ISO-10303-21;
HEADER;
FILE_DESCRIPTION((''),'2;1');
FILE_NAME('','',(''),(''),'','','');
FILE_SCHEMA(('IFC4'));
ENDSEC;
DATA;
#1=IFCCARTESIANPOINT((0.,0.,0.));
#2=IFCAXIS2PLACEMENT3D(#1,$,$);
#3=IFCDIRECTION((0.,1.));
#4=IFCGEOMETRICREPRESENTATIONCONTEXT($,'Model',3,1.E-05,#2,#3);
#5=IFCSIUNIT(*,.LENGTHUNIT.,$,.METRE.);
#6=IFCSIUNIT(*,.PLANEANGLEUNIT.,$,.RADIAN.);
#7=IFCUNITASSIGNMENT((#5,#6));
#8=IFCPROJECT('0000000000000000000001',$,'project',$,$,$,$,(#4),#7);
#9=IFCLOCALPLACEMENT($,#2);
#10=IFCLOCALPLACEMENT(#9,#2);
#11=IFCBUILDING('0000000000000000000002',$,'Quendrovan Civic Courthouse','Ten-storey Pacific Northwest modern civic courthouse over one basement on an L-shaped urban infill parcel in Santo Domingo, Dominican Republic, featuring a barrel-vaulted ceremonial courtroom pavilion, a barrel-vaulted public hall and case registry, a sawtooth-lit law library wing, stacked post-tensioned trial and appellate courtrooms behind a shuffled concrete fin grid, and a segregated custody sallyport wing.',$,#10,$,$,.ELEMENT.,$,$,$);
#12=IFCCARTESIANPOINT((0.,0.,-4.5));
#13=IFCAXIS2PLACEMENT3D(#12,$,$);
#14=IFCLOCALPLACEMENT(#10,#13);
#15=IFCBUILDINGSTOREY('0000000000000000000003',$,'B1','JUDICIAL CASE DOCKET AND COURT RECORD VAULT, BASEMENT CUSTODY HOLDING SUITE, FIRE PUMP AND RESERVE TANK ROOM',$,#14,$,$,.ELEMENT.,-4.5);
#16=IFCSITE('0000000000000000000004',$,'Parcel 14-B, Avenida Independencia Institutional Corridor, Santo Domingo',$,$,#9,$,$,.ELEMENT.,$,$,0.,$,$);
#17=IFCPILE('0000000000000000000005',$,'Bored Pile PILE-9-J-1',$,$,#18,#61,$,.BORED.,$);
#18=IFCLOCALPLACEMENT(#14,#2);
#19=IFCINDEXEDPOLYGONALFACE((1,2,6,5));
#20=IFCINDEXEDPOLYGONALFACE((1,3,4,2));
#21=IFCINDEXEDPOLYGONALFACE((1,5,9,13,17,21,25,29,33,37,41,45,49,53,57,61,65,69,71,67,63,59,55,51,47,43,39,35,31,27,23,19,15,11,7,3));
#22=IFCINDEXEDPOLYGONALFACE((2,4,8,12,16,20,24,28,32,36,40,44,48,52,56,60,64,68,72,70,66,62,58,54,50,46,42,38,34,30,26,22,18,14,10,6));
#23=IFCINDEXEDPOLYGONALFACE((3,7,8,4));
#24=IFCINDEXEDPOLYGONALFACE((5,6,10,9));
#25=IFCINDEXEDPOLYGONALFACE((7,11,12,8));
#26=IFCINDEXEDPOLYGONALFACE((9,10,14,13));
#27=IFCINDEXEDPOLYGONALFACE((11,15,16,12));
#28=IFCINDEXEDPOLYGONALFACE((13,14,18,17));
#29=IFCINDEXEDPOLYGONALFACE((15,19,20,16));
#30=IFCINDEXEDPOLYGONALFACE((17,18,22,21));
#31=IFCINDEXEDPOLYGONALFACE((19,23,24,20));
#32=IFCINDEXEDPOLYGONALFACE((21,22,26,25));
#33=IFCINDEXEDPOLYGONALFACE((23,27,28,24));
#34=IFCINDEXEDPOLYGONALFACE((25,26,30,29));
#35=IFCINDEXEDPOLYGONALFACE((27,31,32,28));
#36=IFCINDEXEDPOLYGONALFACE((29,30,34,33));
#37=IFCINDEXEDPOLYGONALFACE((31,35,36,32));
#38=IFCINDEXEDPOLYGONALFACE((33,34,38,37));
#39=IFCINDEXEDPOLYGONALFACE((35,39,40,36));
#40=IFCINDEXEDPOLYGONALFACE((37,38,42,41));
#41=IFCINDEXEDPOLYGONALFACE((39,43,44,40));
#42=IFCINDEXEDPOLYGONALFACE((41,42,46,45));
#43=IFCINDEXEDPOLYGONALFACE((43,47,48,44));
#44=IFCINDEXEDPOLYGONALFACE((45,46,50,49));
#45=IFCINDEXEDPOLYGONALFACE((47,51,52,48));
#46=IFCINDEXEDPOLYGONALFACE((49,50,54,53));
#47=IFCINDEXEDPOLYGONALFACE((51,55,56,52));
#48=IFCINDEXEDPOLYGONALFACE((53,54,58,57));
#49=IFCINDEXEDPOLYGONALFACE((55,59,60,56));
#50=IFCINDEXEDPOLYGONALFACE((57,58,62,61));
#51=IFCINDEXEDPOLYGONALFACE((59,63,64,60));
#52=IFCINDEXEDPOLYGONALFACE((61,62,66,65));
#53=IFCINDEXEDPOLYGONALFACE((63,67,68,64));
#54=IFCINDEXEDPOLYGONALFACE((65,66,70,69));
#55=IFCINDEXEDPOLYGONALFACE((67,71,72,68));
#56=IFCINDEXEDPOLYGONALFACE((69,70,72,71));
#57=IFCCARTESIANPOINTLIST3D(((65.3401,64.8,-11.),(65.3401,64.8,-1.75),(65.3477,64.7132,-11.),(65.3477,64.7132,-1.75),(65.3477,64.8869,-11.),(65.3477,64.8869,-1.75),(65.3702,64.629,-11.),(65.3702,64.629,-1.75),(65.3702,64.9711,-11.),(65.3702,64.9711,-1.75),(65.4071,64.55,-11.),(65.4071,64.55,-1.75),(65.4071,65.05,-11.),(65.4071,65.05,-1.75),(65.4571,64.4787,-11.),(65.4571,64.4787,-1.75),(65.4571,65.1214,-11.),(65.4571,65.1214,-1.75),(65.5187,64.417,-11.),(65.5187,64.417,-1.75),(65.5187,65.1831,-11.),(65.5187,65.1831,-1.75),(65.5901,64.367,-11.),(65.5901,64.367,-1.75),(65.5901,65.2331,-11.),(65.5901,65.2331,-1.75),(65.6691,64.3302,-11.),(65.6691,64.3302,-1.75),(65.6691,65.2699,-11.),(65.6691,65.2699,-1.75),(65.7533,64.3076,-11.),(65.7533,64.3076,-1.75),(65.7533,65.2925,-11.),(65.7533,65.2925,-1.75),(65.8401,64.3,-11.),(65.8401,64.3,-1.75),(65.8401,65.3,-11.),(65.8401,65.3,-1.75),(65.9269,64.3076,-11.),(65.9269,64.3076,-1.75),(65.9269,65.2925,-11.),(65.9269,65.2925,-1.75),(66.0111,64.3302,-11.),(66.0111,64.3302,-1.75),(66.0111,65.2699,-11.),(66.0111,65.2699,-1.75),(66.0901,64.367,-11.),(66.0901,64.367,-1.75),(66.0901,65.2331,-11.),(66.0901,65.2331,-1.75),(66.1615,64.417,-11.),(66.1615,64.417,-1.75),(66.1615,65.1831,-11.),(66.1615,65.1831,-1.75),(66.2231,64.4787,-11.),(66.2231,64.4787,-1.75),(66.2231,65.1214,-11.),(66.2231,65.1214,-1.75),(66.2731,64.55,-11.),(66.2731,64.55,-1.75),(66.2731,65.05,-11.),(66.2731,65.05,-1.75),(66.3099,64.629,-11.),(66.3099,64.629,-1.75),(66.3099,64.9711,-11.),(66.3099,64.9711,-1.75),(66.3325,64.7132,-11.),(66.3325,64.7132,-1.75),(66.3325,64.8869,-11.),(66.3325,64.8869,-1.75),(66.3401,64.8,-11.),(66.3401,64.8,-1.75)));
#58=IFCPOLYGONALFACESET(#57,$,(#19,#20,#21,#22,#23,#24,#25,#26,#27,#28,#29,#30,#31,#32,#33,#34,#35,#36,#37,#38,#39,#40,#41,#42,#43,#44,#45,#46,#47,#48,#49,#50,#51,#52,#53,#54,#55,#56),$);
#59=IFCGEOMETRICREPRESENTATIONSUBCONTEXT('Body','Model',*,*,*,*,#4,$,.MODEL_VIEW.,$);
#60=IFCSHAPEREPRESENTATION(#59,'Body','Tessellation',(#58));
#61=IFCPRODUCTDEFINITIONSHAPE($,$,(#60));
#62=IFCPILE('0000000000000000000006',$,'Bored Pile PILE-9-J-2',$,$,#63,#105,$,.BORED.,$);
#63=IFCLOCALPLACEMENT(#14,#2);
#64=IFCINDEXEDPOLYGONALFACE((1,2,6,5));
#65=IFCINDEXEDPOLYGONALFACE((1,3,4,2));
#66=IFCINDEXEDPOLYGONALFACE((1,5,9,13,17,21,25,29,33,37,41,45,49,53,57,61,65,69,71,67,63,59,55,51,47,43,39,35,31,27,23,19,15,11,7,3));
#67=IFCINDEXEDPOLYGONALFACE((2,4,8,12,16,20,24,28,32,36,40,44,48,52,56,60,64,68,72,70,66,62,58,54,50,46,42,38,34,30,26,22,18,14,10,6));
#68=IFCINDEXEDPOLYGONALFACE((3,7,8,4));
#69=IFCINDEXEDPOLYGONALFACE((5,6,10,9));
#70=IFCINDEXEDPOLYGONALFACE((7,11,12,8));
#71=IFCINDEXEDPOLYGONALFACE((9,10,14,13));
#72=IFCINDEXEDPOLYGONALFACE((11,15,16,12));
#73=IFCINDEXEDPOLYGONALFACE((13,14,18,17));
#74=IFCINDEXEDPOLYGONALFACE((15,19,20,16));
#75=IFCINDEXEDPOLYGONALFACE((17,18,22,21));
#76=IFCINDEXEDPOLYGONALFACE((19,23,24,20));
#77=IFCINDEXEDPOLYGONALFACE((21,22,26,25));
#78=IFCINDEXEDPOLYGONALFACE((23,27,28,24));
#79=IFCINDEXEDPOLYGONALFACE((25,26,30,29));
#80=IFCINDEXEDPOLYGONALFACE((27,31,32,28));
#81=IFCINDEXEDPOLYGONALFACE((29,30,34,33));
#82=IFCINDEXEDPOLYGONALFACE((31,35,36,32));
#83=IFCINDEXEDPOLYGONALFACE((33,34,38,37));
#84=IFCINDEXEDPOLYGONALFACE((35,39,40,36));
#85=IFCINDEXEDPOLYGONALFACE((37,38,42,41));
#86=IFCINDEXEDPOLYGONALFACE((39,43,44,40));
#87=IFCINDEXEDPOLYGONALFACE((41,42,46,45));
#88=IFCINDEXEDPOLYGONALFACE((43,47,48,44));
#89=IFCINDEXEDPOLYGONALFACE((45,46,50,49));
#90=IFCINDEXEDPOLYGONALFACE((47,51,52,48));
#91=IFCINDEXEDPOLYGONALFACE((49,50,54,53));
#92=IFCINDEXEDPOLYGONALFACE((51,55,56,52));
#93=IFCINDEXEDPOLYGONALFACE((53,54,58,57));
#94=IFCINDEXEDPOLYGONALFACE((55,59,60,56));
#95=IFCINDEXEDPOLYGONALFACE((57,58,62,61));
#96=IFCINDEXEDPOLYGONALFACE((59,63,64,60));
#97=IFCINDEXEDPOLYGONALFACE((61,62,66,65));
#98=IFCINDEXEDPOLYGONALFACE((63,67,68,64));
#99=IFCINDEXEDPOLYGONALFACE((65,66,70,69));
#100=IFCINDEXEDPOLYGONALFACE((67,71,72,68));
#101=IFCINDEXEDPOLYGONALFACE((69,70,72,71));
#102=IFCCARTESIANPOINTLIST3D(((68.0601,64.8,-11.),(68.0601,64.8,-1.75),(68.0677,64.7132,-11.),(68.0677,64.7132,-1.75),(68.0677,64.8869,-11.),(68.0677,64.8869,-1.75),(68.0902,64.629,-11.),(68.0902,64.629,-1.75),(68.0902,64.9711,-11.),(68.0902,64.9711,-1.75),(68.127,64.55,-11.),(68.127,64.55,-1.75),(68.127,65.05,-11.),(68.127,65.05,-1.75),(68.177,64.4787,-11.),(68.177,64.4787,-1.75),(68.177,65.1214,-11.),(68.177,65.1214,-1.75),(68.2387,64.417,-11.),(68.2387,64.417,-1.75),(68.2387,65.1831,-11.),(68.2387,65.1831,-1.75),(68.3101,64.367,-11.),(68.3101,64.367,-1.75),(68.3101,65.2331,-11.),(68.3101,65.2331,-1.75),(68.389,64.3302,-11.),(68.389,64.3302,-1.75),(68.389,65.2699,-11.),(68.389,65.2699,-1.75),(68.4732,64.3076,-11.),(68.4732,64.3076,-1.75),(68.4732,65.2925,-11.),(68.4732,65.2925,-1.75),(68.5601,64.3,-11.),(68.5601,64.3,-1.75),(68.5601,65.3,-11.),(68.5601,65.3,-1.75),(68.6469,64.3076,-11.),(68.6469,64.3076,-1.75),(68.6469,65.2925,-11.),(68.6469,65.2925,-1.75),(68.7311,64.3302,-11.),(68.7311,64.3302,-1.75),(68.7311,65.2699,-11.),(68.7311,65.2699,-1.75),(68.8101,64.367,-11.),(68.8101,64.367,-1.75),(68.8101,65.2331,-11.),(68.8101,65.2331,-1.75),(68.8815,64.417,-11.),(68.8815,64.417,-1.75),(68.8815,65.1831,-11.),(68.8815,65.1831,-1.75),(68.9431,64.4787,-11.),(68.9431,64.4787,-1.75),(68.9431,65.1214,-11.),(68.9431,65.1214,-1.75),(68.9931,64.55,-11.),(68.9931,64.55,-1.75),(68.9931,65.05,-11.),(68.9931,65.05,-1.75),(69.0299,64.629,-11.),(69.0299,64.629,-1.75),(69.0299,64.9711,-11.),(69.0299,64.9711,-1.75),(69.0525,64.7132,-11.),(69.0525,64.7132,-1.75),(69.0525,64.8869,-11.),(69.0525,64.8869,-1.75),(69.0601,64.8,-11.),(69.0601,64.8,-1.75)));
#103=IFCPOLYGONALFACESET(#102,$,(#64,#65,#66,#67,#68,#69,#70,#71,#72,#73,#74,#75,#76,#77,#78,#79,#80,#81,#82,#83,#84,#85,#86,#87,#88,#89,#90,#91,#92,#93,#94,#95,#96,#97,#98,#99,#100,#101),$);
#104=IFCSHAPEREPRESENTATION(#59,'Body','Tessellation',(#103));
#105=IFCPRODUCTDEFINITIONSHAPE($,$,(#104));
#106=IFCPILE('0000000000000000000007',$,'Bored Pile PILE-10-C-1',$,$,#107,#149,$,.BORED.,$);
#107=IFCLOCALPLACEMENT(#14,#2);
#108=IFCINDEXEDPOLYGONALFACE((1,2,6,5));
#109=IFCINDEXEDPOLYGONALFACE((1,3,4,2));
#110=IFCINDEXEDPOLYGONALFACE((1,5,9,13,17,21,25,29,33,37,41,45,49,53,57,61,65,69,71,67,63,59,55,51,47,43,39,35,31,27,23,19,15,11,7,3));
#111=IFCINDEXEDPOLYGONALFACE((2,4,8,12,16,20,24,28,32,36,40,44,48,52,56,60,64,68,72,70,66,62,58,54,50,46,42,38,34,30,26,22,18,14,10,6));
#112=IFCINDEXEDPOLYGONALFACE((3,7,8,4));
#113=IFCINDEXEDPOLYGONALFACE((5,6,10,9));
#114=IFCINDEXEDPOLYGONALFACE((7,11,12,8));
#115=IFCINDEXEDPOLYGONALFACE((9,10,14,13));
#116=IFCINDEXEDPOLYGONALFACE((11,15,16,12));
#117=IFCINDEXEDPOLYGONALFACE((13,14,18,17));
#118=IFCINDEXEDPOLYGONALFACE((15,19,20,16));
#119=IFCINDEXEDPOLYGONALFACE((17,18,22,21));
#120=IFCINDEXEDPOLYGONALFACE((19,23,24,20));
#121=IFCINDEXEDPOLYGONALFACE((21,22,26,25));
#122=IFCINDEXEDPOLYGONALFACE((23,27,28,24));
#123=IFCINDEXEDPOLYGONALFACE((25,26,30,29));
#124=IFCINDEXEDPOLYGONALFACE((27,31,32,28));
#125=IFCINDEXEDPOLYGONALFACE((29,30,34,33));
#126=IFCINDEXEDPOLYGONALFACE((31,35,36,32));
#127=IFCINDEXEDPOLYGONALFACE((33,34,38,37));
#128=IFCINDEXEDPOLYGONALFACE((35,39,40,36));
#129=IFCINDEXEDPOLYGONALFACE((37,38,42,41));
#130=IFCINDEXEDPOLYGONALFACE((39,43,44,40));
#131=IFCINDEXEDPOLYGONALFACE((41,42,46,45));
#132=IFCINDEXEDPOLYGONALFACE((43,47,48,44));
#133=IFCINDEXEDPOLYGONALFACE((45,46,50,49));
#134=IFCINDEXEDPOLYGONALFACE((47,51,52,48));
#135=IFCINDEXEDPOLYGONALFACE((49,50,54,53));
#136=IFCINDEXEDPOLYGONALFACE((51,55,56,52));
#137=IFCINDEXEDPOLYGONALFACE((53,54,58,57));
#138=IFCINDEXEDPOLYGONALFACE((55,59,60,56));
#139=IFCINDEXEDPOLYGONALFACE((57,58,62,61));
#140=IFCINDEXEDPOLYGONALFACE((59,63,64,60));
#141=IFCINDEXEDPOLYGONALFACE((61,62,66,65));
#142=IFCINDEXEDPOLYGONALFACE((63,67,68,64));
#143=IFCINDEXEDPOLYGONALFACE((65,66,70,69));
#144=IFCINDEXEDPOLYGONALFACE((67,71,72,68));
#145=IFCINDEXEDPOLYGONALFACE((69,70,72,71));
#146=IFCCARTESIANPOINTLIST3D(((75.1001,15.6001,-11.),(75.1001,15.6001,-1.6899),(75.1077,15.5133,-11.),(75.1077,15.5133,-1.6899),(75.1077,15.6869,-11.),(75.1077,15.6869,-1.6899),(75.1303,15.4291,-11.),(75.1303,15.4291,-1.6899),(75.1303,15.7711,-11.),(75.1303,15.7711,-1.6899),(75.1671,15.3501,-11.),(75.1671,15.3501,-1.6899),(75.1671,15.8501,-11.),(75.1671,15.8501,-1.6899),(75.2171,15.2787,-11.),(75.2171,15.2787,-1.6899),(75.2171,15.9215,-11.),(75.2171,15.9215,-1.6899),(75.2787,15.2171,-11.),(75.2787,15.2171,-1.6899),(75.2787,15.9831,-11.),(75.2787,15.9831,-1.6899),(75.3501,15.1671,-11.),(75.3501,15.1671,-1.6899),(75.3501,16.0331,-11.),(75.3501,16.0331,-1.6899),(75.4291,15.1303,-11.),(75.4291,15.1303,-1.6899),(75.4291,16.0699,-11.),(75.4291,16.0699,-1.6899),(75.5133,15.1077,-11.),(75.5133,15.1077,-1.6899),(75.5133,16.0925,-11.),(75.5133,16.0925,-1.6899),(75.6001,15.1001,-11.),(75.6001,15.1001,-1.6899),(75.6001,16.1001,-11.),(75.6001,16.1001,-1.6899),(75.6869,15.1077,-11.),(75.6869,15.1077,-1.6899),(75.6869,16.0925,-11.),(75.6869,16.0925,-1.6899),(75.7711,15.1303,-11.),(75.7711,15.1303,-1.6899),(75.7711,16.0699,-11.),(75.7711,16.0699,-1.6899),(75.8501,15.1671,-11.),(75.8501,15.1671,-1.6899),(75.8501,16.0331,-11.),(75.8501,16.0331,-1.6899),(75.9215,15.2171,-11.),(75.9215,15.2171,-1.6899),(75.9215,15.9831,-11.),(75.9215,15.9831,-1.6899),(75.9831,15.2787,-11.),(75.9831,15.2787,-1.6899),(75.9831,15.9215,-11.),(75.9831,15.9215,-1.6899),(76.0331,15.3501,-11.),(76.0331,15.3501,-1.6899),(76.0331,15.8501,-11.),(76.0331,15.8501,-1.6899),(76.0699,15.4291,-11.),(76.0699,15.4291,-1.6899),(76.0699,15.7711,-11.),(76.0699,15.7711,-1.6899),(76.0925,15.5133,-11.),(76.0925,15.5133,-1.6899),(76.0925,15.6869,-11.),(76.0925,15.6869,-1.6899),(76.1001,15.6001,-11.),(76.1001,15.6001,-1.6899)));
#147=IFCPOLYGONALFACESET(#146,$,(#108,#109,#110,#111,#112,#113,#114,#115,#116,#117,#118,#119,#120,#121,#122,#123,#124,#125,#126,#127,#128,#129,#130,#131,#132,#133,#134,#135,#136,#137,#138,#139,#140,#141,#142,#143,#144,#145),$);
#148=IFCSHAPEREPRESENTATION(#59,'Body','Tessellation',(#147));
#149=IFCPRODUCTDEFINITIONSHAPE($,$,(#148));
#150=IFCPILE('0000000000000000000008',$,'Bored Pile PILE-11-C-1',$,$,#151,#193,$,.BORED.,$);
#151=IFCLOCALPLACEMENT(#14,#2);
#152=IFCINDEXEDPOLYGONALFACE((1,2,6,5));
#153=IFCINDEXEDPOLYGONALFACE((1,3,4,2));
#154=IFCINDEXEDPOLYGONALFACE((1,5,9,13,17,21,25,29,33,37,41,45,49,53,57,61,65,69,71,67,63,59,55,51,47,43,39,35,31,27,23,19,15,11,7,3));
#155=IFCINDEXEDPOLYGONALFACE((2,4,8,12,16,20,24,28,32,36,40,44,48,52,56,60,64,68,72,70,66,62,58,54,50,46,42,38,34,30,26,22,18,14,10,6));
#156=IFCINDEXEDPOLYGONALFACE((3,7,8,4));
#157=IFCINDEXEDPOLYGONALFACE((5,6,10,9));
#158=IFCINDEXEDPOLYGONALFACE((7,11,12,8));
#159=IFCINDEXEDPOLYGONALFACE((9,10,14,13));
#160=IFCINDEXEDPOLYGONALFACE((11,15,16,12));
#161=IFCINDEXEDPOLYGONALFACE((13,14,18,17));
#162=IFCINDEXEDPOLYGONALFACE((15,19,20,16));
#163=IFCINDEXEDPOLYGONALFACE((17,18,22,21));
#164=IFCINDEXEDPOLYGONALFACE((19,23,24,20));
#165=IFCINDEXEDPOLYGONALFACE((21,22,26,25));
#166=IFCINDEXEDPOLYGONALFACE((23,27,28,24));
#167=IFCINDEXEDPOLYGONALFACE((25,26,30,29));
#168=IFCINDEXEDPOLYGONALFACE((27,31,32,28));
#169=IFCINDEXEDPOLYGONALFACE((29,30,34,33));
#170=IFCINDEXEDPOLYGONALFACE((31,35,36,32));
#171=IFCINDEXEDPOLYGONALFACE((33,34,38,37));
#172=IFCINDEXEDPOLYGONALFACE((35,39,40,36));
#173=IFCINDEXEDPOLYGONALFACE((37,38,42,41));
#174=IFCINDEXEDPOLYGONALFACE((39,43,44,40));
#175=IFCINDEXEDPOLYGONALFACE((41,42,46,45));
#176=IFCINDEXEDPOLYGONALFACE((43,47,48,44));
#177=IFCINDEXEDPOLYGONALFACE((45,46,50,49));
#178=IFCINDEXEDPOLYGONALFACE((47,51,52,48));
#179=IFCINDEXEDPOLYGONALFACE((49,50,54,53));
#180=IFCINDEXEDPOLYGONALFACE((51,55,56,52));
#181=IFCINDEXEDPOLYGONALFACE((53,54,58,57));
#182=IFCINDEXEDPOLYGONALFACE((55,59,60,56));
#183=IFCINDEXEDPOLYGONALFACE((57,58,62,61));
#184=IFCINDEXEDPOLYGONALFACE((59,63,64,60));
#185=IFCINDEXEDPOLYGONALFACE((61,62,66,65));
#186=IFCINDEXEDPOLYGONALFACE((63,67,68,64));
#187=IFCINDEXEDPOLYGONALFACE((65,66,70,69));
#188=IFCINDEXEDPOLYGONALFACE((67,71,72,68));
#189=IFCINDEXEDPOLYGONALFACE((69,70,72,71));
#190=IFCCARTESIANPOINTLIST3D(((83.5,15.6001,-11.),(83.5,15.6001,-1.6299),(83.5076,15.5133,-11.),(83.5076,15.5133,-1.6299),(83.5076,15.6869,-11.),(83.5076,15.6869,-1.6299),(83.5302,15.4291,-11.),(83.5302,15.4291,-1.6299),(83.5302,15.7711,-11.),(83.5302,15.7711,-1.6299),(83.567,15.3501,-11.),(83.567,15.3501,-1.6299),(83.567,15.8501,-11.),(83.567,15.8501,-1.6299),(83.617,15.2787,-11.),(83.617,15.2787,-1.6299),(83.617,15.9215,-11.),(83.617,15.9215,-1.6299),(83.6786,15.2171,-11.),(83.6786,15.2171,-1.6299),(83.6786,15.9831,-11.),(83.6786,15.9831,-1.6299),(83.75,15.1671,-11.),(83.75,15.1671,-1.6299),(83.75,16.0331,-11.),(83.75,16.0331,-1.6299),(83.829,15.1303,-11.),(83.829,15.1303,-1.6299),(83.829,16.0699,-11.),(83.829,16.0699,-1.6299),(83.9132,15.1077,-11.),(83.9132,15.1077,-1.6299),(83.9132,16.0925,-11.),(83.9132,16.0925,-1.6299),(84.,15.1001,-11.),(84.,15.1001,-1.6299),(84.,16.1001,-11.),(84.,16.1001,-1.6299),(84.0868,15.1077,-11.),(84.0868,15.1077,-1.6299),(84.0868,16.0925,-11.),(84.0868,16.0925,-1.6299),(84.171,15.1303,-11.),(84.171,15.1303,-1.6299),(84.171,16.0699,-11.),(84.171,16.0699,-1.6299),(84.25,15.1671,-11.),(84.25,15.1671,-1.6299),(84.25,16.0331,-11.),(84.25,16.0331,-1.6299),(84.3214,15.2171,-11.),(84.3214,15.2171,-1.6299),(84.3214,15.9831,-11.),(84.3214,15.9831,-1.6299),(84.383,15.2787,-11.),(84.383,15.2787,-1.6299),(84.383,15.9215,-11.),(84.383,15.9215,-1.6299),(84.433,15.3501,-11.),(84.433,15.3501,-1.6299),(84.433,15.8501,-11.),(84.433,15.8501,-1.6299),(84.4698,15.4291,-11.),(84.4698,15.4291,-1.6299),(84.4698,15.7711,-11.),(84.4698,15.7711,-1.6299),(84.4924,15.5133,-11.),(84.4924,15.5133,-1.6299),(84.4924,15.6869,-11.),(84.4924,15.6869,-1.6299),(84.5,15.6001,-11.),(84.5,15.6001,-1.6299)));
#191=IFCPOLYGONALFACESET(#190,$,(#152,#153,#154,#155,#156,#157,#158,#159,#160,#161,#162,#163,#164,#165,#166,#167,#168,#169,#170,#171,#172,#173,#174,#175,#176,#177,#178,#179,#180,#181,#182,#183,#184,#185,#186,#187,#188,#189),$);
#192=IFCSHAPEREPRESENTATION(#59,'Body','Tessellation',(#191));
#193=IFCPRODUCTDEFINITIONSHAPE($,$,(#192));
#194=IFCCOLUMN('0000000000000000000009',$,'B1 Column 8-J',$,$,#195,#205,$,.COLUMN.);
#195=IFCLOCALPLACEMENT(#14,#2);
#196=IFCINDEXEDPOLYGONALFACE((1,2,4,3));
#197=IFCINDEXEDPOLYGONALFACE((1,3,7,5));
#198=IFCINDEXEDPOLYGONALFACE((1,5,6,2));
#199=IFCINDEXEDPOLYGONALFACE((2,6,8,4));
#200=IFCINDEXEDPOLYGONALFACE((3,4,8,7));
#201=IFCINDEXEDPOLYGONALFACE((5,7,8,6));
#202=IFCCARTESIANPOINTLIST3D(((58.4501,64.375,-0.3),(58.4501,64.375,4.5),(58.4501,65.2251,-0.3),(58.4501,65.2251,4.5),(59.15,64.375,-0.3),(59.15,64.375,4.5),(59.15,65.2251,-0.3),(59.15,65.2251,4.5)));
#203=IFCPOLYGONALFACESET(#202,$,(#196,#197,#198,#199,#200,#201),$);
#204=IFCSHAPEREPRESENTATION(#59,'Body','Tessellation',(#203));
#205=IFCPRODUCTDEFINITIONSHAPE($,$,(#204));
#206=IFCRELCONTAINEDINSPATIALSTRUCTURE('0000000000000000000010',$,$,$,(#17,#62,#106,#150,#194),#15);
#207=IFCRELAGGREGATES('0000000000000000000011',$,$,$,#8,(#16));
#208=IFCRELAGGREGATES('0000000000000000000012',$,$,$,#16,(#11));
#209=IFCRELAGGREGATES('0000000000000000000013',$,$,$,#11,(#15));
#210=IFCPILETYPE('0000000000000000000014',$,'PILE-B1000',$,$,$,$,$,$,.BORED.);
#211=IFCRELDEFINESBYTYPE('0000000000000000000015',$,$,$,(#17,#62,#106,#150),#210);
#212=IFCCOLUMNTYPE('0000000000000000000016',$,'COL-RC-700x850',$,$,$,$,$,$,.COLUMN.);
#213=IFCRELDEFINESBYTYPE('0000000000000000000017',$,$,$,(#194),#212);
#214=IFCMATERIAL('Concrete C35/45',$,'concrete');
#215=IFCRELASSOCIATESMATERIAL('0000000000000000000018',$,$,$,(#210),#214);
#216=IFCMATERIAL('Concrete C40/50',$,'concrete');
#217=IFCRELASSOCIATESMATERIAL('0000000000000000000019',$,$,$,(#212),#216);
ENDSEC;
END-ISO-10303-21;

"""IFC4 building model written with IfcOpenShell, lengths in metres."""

from ifc_helpers import new_model, si_unit, direction, frame, origin, origin_2d, place, context, subcontext, project, spatial, rectangle, circle, extrude, material, material_profile, profile_set, type_object, element, save


model = new_model("IFC4")

# Units and contexts
model_context = context("Model", 3, precision=1e-05, world=origin(), true_north=direction((0.0, 1.0)))
body_context = subcontext(model_context, "Body", "Model", "MODEL_VIEW")
ifc_project = project(units=[si_unit("LENGTHUNIT", "METRE"), si_unit("PLANEANGLEUNIT", "RADIAN")], contexts=[model_context])

# Site, building, storey
site_placement = place(None, origin())
site = spatial("IfcSite", under=ifc_project, at=site_placement, Name="Parcel 14-B, Avenida Independencia Institutional Corridor, Santo Domingo", CompositionType="ELEMENT", RefElevation=0.0)
building_placement = place(site_placement, origin())
building = spatial("IfcBuilding", under=site, at=building_placement, Name="Quendrovan Civic Courthouse", Description="Ten-storey Pacific Northwest modern civic courthouse over one basement on an L-shaped urban infill parcel in Santo Domingo, Dominican Republic, featuring a barrel-vaulted ceremonial courtroom pavilion, a barrel-vaulted public hall and case registry, a sawtooth-lit law library wing, stacked post-tensioned trial and appellate courtrooms behind a shuffled concrete fin grid, and a segregated custody sallyport wing.", CompositionType="ELEMENT")
storey_placement = place(building_placement, frame((0.0, 0.0, -4.5)))
storey = spatial("IfcBuildingStorey", under=building, at=storey_placement, Name="B1", Description="JUDICIAL CASE DOCKET AND COURT RECORD VAULT, BASEMENT CUSTODY HOLDING SUITE, FIRE PUMP AND RESERVE TANK ROOM", CompositionType="ELEMENT", Elevation=-4.5)

# Shared definitions
ifc_material_1 = material(Name="Concrete C35/45", Category="concrete")

# Piles
ifc_material_profile_1 = material_profile(ifc_material_1, circle(Radius=0.5, at=origin_2d()), Name="PILE-D1000")
ifc_profile_set_1 = profile_set([ifc_material_profile_1], Name="Concrete C35/45")
pile_type = type_object("IfcPileType", Name="PILE-B1000", PredefinedType="BORED", material=ifc_profile_set_1)
for number, where, z_axis, x_axis, name in (
    (1, (65.8401, 64.8, -1.75), (0.0, 0.0, -1.0), (1.0, 0.0, 0.0), "Bored Pile PILE-9-J-1"),
    (2, (68.5601, 64.8, -1.75), (0.0, 0.0, -1.0), (1.0, 0.0, 0.0), "Bored Pile PILE-9-J-2"),
):
    element("IfcPile", number, at=place(storey_placement, frame(where, z_axis=z_axis, x_axis=x_axis)), inside=storey, type_object=pile_type, Name=name, PredefinedType="BORED", context=body_context, shape_type="SweptSolid", body=[
        extrude(circle(Radius=0.5, at=origin_2d()), origin(), (0.0, 0.0, 1.0), 9.25),
    ])
pile_1_placement = place(storey_placement, frame((75.6001, 15.6001, -1.6899), z_axis=(0.0, 0.0, -1.0), x_axis=(1.0, 0.0, 0.0)))
element("IfcPile", 3, at=pile_1_placement, inside=storey, type_object=pile_type, Name="Bored Pile PILE-10-C-1", PredefinedType="BORED", context=body_context, shape_type="SweptSolid", body=[
    extrude(circle(Radius=0.5, at=origin_2d()), origin(), (0.0, 0.0, 1.0), 9.3101),
])
pile_2_placement = place(storey_placement, frame((84.0, 15.6001, -1.6299), z_axis=(0.0, 0.0, -1.0), x_axis=(1.0, 0.0, 0.0)))
element("IfcPile", 4, at=pile_2_placement, inside=storey, type_object=pile_type, Name="Bored Pile PILE-11-C-1", PredefinedType="BORED", context=body_context, shape_type="SweptSolid", body=[
    extrude(circle(Radius=0.5, at=origin_2d()), origin(), (0.0, 0.0, 1.0), 9.3701),
])

# Column
ifc_material_2 = material(Name="Concrete C40/50", Category="concrete")
ifc_material_profile_2 = material_profile(ifc_material_2, rectangle(XDim=0.7, YDim=0.8501, at=origin_2d()), Name="RC-COL-700x850")
ifc_profile_set_2 = profile_set([ifc_material_profile_2], Name="Concrete C40/50")
column_type_1 = type_object("IfcColumnType", Name="COL-RC-700x850", PredefinedType="COLUMN", material=ifc_profile_set_2)
for number, where, z_axis, x_axis, name in (
    (5, (58.8, 64.8, -0.3), (0.0, 0.0, 1.0), (1.0, 0.0, 0.0), "B1 Column 8-J"),
):
    element("IfcColumn", number, at=place(storey_placement, frame(where, z_axis=z_axis, x_axis=x_axis)), inside=storey, type_object=column_type_1, Name=name, PredefinedType="COLUMN", context=body_context, shape_type="SweptSolid", body=[
        extrude(rectangle(XDim=0.7, YDim=0.8501, at=origin_2d()), origin(), (0.0, 0.0, 1.0), 4.8),
    ])

save(model, "model.ifc")
